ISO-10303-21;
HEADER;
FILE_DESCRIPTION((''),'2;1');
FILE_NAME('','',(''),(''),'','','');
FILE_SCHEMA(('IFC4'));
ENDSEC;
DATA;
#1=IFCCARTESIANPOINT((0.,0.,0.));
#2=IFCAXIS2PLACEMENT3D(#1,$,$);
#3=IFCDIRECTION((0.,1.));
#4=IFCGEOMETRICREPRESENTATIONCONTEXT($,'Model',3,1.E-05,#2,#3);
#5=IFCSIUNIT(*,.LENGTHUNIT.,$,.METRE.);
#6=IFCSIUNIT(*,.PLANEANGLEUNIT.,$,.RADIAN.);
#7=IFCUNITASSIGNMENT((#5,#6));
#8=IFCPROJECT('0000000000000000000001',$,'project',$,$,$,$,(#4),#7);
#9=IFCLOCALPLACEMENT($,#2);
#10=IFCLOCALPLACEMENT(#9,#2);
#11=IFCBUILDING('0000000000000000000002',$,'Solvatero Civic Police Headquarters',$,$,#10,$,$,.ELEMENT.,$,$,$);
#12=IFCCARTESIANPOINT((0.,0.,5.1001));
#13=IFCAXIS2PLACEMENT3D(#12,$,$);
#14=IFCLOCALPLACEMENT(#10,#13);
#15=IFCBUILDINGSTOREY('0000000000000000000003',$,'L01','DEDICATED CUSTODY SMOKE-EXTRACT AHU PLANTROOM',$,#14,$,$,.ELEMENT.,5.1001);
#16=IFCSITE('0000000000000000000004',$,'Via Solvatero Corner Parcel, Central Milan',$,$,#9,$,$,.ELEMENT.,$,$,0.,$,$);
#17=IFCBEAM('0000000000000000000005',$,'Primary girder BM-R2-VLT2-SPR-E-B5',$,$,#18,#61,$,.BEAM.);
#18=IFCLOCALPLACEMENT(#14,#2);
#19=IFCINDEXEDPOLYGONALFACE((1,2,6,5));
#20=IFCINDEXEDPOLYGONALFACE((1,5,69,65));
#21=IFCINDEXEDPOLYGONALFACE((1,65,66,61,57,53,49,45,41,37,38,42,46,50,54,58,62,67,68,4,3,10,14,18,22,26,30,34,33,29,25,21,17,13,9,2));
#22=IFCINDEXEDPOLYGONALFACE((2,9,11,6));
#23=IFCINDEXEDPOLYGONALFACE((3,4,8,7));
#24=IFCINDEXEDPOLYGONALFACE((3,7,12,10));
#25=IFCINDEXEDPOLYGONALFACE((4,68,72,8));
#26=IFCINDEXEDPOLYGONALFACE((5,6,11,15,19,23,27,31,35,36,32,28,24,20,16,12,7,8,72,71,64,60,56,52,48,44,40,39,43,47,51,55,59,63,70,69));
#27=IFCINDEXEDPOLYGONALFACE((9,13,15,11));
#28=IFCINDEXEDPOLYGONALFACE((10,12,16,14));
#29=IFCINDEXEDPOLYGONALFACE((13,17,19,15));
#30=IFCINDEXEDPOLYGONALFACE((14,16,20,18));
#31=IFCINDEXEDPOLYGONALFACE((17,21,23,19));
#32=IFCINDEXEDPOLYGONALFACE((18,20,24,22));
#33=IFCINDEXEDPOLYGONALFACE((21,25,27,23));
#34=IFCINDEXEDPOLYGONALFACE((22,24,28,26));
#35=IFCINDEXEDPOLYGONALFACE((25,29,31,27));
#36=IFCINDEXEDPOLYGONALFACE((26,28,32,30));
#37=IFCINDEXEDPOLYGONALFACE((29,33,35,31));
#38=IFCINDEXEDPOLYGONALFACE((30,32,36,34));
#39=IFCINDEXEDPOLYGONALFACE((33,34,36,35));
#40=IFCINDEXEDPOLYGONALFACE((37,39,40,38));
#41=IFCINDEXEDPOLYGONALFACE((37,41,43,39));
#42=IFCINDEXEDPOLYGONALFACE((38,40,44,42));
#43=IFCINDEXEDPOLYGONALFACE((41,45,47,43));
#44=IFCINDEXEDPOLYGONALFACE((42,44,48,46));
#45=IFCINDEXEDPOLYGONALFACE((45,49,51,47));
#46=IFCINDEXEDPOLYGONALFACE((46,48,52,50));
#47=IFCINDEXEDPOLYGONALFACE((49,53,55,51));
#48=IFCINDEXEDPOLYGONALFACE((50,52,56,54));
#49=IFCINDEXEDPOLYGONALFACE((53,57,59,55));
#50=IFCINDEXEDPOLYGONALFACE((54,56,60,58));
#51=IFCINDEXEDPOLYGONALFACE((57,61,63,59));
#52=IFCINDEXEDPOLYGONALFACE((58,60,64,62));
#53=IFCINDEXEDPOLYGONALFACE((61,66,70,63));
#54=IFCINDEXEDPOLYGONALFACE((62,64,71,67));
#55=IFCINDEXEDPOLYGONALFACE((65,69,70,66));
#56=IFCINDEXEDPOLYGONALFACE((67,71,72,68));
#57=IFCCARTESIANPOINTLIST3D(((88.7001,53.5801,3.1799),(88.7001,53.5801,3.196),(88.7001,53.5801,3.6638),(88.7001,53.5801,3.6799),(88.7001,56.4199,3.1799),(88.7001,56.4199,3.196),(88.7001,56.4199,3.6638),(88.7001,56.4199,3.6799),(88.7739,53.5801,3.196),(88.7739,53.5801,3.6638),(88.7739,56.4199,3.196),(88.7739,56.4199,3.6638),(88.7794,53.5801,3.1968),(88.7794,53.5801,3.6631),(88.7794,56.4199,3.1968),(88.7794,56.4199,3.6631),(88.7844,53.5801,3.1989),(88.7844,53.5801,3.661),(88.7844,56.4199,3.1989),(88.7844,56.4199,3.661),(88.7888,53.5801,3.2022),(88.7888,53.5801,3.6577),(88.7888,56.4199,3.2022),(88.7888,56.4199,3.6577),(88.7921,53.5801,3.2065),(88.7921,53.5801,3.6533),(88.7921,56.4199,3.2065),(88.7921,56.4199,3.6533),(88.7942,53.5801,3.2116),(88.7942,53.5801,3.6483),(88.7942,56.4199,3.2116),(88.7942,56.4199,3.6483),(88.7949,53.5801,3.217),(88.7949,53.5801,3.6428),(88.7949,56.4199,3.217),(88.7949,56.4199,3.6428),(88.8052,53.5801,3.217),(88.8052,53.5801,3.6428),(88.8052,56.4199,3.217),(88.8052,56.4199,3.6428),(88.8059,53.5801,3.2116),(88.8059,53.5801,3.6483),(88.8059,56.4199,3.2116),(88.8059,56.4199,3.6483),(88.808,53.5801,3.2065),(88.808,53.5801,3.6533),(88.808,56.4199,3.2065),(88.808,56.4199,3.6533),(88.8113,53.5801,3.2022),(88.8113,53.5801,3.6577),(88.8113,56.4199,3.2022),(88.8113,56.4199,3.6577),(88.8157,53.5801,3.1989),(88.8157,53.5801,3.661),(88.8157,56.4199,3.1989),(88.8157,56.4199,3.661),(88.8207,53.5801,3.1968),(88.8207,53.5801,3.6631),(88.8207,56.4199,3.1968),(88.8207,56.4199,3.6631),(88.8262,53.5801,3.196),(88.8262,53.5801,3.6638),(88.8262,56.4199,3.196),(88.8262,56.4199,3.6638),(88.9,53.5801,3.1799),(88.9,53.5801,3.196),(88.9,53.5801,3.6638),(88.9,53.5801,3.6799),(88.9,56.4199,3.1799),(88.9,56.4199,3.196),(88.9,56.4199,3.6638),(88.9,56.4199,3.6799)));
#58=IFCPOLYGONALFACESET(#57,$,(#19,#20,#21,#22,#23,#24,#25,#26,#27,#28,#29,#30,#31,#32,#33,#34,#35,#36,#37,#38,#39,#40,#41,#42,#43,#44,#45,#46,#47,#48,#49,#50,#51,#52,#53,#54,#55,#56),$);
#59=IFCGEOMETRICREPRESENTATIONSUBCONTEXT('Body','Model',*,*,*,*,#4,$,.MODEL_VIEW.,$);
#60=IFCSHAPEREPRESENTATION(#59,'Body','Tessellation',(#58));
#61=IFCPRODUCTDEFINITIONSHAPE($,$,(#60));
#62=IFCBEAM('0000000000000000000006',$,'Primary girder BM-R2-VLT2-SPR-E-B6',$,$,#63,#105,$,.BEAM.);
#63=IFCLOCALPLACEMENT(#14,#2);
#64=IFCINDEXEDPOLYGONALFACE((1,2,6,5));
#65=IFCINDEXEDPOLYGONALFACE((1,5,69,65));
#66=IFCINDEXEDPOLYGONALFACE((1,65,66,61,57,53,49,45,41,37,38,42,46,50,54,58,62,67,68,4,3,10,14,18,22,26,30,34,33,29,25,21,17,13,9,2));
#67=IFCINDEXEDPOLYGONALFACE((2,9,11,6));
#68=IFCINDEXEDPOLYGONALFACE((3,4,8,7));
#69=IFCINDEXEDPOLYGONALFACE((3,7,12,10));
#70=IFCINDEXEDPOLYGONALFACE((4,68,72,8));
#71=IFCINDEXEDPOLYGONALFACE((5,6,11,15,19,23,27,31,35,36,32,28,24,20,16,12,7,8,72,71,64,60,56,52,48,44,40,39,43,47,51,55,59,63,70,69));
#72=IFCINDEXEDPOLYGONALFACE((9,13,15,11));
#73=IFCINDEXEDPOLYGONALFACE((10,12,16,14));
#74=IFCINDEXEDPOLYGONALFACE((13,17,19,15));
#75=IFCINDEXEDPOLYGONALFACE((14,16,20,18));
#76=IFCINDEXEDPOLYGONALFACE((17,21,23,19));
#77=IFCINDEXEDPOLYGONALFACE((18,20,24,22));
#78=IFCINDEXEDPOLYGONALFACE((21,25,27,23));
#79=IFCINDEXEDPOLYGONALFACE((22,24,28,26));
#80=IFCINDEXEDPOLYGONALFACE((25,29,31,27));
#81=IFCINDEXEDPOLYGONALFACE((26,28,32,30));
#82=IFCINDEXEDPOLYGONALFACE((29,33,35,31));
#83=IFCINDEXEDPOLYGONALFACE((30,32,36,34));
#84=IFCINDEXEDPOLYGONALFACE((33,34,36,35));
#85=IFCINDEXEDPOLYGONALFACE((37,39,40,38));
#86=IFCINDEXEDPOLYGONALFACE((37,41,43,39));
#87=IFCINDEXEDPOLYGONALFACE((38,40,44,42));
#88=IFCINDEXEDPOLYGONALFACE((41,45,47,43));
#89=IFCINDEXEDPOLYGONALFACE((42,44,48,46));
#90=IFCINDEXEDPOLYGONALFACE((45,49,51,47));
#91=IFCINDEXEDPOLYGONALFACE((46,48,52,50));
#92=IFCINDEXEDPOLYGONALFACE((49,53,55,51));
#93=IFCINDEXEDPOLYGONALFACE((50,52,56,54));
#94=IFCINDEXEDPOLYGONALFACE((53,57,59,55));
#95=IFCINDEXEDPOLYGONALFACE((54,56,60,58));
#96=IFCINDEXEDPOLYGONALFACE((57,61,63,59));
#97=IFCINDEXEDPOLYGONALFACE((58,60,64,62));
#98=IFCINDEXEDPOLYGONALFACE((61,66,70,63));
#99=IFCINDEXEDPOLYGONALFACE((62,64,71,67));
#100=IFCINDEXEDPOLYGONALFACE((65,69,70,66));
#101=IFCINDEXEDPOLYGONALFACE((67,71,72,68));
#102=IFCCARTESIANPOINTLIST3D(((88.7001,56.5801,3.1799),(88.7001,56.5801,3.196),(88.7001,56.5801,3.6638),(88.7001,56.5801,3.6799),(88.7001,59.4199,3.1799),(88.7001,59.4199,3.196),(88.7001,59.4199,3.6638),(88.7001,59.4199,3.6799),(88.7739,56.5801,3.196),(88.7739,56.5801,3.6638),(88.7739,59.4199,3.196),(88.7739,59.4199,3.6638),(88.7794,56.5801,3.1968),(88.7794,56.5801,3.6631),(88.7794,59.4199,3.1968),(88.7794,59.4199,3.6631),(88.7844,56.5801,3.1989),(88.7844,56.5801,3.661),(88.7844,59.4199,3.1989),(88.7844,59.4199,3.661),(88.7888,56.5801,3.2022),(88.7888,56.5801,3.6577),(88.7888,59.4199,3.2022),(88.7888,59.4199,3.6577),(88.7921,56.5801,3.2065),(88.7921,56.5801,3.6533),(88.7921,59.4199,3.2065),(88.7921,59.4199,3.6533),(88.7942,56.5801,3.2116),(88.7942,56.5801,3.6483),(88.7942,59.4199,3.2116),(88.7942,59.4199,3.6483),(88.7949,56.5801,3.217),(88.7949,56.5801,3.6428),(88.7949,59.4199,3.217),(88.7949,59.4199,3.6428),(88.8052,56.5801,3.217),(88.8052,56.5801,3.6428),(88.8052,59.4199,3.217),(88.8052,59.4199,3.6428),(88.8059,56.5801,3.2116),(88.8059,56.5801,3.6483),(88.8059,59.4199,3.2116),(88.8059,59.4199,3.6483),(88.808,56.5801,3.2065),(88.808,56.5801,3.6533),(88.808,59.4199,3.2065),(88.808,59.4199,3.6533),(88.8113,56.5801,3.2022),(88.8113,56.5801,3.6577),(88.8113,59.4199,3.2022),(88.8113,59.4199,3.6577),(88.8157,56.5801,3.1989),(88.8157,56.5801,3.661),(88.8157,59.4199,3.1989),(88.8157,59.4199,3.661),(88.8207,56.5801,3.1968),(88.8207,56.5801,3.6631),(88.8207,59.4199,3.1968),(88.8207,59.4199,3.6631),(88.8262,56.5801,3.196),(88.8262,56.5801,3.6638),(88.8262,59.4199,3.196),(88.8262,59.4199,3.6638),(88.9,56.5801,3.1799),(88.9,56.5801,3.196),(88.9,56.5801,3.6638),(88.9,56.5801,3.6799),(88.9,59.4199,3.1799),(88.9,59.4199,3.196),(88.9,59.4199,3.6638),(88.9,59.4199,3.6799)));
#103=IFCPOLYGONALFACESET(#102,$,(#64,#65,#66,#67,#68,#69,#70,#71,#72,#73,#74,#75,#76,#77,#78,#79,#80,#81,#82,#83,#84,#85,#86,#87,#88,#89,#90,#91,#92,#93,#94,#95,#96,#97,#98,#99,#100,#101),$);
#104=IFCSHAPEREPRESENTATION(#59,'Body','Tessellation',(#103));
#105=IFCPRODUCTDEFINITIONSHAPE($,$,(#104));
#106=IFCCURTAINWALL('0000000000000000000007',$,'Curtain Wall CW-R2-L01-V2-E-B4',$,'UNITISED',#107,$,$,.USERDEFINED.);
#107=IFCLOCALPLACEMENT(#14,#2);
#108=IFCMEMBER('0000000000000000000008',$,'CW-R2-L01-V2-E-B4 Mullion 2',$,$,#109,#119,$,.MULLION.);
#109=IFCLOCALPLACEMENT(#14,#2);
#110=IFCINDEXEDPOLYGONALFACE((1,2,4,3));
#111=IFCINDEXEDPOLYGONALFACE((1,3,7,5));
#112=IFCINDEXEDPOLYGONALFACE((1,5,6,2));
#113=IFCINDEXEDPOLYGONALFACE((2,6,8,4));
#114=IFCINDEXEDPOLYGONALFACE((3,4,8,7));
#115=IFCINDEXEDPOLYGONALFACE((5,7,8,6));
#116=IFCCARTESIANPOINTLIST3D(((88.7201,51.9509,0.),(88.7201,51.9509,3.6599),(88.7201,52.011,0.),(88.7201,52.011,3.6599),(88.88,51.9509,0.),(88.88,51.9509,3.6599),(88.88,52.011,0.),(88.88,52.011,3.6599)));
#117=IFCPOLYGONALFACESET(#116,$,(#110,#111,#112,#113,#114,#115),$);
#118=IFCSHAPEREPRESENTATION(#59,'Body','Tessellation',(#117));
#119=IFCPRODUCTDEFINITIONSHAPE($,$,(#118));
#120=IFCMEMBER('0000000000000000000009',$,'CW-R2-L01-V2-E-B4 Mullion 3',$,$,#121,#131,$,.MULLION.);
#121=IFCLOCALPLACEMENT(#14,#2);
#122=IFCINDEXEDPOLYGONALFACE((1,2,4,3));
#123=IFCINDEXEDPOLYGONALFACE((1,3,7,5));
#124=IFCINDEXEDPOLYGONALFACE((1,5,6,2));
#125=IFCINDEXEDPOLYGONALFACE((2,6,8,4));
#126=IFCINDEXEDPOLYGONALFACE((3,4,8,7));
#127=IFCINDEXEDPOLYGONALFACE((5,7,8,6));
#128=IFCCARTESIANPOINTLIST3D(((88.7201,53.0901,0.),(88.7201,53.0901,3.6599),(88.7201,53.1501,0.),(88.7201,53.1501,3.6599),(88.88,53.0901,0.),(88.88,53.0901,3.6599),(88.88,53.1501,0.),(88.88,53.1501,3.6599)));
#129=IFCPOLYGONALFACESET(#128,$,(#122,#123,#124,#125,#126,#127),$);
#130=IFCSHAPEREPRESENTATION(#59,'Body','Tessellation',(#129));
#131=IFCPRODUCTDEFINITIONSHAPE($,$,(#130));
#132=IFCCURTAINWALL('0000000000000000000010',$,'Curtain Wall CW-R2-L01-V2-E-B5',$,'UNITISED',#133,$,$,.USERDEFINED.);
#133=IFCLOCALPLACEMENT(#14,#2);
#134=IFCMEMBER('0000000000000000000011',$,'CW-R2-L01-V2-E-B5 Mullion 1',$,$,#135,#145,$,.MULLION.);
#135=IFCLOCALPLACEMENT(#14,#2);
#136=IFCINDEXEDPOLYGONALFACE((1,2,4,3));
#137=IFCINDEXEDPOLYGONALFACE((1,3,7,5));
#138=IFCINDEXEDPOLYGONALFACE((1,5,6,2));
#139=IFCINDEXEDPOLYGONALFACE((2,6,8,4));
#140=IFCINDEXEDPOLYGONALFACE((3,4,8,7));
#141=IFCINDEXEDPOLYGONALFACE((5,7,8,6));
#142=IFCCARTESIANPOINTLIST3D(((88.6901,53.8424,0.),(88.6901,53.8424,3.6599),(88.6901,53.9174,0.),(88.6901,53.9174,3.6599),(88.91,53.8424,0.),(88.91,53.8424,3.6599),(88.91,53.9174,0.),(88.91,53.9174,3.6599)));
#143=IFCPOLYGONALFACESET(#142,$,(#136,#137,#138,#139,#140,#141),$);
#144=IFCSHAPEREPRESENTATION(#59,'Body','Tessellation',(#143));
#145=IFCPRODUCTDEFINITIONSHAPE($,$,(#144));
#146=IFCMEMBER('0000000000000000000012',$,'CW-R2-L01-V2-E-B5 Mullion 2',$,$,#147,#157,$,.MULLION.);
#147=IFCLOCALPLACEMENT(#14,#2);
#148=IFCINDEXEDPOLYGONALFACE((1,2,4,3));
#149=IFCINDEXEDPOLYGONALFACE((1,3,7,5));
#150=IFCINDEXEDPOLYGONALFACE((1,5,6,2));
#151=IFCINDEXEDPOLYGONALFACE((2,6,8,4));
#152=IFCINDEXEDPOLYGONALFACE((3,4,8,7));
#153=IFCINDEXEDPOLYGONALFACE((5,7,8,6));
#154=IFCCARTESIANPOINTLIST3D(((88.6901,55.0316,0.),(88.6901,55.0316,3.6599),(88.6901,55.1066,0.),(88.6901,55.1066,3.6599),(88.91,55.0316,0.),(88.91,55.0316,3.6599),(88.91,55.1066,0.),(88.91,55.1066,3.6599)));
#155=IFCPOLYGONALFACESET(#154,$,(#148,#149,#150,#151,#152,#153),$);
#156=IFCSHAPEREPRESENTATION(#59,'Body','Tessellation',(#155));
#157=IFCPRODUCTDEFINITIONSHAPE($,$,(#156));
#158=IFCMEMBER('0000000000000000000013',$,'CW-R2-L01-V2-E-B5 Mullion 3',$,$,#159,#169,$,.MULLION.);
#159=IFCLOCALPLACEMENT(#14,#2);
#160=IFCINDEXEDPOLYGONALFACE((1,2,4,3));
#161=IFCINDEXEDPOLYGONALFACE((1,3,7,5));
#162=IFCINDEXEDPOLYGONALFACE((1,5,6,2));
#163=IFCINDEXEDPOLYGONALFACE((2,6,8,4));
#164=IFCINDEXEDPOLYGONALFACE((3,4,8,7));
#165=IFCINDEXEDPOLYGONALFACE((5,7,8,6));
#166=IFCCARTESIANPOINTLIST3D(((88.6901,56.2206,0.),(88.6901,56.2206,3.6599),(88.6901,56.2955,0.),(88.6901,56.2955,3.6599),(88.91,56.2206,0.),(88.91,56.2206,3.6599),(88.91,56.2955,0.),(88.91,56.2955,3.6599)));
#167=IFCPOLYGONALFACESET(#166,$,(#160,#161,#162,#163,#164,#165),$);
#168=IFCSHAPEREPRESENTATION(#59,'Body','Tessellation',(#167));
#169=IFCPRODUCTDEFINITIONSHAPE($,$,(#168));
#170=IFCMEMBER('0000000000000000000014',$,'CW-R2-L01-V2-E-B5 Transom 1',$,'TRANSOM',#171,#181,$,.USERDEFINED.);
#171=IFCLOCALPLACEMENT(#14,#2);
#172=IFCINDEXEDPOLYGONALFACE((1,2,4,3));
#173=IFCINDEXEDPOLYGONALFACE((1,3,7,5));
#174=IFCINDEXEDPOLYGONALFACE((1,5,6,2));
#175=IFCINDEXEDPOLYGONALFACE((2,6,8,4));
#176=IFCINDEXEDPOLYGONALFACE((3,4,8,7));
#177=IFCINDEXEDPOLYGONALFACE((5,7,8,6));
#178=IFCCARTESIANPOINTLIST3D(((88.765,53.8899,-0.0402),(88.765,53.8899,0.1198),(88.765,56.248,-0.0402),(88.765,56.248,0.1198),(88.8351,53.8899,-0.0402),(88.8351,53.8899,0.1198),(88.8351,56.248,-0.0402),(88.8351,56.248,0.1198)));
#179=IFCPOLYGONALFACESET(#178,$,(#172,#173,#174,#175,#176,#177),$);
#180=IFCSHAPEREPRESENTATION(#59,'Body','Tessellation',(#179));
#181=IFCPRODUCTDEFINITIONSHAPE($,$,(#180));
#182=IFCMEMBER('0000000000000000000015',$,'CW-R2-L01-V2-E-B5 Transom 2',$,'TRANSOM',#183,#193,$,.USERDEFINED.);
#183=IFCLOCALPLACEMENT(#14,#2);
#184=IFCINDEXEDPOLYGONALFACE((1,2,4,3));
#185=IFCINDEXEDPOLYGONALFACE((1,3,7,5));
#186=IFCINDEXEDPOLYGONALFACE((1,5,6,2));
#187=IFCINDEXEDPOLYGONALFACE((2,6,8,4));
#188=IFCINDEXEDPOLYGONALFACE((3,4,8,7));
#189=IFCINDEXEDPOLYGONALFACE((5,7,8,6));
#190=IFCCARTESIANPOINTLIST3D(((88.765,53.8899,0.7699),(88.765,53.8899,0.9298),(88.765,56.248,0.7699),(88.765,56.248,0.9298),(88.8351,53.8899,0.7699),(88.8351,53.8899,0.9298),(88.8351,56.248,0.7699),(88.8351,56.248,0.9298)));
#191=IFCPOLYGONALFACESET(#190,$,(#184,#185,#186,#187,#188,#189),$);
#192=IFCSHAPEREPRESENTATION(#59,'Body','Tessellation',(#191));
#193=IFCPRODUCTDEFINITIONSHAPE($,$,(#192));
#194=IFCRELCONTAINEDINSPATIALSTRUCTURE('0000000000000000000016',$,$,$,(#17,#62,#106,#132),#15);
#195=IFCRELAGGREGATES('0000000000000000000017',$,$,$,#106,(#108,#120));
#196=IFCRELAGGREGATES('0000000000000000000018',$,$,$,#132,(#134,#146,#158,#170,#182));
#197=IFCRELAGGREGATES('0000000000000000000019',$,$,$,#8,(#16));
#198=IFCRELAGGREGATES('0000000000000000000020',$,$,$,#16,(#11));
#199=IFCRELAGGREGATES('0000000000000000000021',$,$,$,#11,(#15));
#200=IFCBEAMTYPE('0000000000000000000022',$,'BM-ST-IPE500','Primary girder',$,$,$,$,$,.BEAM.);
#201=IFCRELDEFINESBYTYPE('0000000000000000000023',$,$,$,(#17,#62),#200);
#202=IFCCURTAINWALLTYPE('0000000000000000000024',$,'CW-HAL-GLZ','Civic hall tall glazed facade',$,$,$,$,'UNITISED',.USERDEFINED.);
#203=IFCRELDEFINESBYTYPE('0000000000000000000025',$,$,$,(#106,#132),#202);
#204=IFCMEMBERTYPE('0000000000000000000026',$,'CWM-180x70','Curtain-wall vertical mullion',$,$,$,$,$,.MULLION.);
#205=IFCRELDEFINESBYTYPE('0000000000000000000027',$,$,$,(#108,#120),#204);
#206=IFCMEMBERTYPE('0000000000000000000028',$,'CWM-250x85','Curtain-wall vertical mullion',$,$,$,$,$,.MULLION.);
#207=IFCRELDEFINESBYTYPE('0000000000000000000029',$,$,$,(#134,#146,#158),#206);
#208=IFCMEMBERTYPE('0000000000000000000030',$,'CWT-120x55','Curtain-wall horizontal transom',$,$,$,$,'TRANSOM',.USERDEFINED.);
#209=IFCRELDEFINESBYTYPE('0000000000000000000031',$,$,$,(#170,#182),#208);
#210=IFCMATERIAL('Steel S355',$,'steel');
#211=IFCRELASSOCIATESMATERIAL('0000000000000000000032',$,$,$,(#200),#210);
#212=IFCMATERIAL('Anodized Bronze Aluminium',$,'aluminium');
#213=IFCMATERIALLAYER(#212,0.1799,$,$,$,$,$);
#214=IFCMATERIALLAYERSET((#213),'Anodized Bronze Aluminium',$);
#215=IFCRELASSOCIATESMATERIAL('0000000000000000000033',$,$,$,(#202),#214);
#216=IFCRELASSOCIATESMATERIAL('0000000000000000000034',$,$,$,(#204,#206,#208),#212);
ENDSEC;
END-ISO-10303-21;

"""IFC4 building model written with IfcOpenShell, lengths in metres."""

from ifc_helpers import new_model, si_unit, direction, frame, origin, origin_2d, place, context, subcontext, project, spatial, rectangle, i_section, extrude, material, layer, layer_set, material_profile, profile_set, type_object, element, aggregate, save


model = new_model("IFC4")

# Units and contexts
model_context = context("Model", 3, precision=1e-05, world=origin(), true_north=direction((0.0, 1.0)))
body_context = subcontext(model_context, "Body", "Model", "MODEL_VIEW")
ifc_project = project(units=[si_unit("LENGTHUNIT", "METRE"), si_unit("PLANEANGLEUNIT", "RADIAN")], contexts=[model_context])

# Site, building, storey
site_placement = place(None, origin())
site = spatial("IfcSite", under=ifc_project, at=site_placement, Name="Via Solvatero Corner Parcel, Central Milan", CompositionType="ELEMENT", RefElevation=0.0)
building_placement = place(site_placement, origin())
building = spatial("IfcBuilding", under=site, at=building_placement, Name="Solvatero Civic Police Headquarters", CompositionType="ELEMENT")
storey_placement = place(building_placement, frame((0.0, 0.0, 5.1001)))
storey = spatial("IfcBuildingStorey", under=building, at=storey_placement, Name="L01", Description="DEDICATED CUSTODY SMOKE-EXTRACT AHU PLANTROOM", CompositionType="ELEMENT", Elevation=5.1001)

# Shared definitions
ifc_material_1 = material(Name="Steel S355", Category="steel")

# Beams
ifc_material_profile_1 = material_profile(ifc_material_1, i_section(OverallWidth=0.2, OverallDepth=0.5, WebThickness=0.0103, FlangeThickness=0.0161, FilletRadius=0.021, at=origin_2d()), Name="IPE 500")
ifc_profile_set_1 = profile_set([ifc_material_profile_1], Name="Steel S355")
beam_type_1 = type_object("IfcBeamType", Name="BM-ST-IPE500", Description="Primary girder", PredefinedType="BEAM", material=ifc_profile_set_1)
for number, where, z_axis, x_axis, name in (
    (1, (88.8, 53.5801, 3.4299), (0.0, 1.0, 0.0), (-1.0, 0.0, 0.0), "Primary girder BM-R2-VLT2-SPR-E-B5"),
    (2, (88.8, 56.5801, 3.4299), (0.0, 1.0, 0.0), (-1.0, 0.0, 0.0), "Primary girder BM-R2-VLT2-SPR-E-B6"),
):
    element("IfcBeam", number, at=place(storey_placement, frame(where, z_axis=z_axis, x_axis=x_axis)), inside=storey, type_object=beam_type_1, Name=name, PredefinedType="BEAM", context=body_context, shape_type="SweptSolid", body=[
        extrude(i_section(OverallWidth=0.2, OverallDepth=0.5, WebThickness=0.0103, FlangeThickness=0.0161, FilletRadius=0.021, at=origin_2d()), origin(), (0.0, 0.0, 1.0), 2.8398),
    ])

# Curtain walls, members
ifc_material_2 = material(Name="Anodized Bronze Aluminium", Category="aluminium")
ifc_layer_1 = layer(ifc_material_2, 0.1799)
ifc_layer_set_1 = layer_set([ifc_layer_1], Name="Anodized Bronze Aluminium")
curtain_wall_type = type_object("IfcCurtainWallType", Name="CW-HAL-GLZ", Description="Civic hall tall glazed facade", ElementType="UNITISED", PredefinedType="USERDEFINED", material=ifc_layer_set_1)
curtain_wall_1_placement = place(storey_placement, origin())
curtain_wall_1 = element("IfcCurtainWall", 3, at=curtain_wall_1_placement, inside=storey, type_object=curtain_wall_type, Name="Curtain Wall CW-R2-L01-V2-E-B4", ObjectType="UNITISED", PredefinedType="USERDEFINED")
ifc_material_profile_2 = material_profile(ifc_material_2, rectangle(XDim=0.0601, YDim=0.1599, at=origin_2d()), Name="ALU MULLION 60x160")
ifc_profile_set_2 = profile_set([ifc_material_profile_2], Name="Anodized Bronze Aluminium")
member_type_1 = type_object("IfcMemberType", Name="CWM-180x70", Description="Curtain-wall vertical mullion", PredefinedType="MULLION", material=ifc_profile_set_2)
member_1_placement = place(storey_placement, frame((88.8, 51.981, 0.0), z_axis=(0.0, 0.0, 1.0), x_axis=(0.0, 1.0, 0.0)))
member_1 = element("IfcMember", 4, at=member_1_placement, type_object=member_type_1, Name="CW-R2-L01-V2-E-B4 Mullion 2", PredefinedType="MULLION", context=body_context, shape_type="SweptSolid", body=[
    extrude(rectangle(XDim=0.0601, YDim=0.1599, at=origin_2d()), origin(), (0.0, 0.0, 1.0), 3.6599),
])
member_2_placement = place(storey_placement, frame((88.8, 53.1201, 0.0), z_axis=(0.0, 0.0, 1.0), x_axis=(0.0, 1.0, 0.0)))
member_2 = element("IfcMember", 5, at=member_2_placement, type_object=member_type_1, Name="CW-R2-L01-V2-E-B4 Mullion 3", PredefinedType="MULLION", context=body_context, shape_type="SweptSolid", body=[
    extrude(rectangle(XDim=0.0601, YDim=0.1599, at=origin_2d()), origin(), (0.0, 0.0, 1.0), 3.6599),
])
curtain_wall_2_placement = place(storey_placement, origin())
curtain_wall_2 = element("IfcCurtainWall", 6, at=curtain_wall_2_placement, inside=storey, type_object=curtain_wall_type, Name="Curtain Wall CW-R2-L01-V2-E-B5", ObjectType="UNITISED", PredefinedType="USERDEFINED")
ifc_material_profile_3 = material_profile(ifc_material_2, rectangle(XDim=0.075, YDim=0.22, at=origin_2d()), Name="ALU MULLION 75x220")
ifc_profile_set_3 = profile_set([ifc_material_profile_3], Name="Anodized Bronze Aluminium")
member_type_2 = type_object("IfcMemberType", Name="CWM-250x85", Description="Curtain-wall vertical mullion", PredefinedType="MULLION", material=ifc_profile_set_3)
member_3_placement = place(storey_placement, frame((88.8, 53.8799, 0.0), z_axis=(0.0, 0.0, 1.0), x_axis=(0.0, 1.0, 0.0)))
member_3 = element("IfcMember", 7, at=member_3_placement, type_object=member_type_2, Name="CW-R2-L01-V2-E-B5 Mullion 1", PredefinedType="MULLION", context=body_context, shape_type="SweptSolid", body=[
    extrude(rectangle(XDim=0.075, YDim=0.22, at=origin_2d()), origin(), (0.0, 0.0, 1.0), 3.6599),
])
member_4_placement = place(storey_placement, frame((88.8, 55.0691, 0.0), z_axis=(0.0, 0.0, 1.0), x_axis=(0.0, 1.0, 0.0)))
member_4 = element("IfcMember", 8, at=member_4_placement, type_object=member_type_2, Name="CW-R2-L01-V2-E-B5 Mullion 2", PredefinedType="MULLION", context=body_context, shape_type="SweptSolid", body=[
    extrude(rectangle(XDim=0.075, YDim=0.22, at=origin_2d()), origin(), (0.0, 0.0, 1.0), 3.6599),
])
member_5_placement = place(storey_placement, frame((88.8, 56.2581, 0.0), z_axis=(0.0, 0.0, 1.0), x_axis=(0.0, 1.0, 0.0)))
member_5 = element("IfcMember", 9, at=member_5_placement, type_object=member_type_2, Name="CW-R2-L01-V2-E-B5 Mullion 3", PredefinedType="MULLION", context=body_context, shape_type="SweptSolid", body=[
    extrude(rectangle(XDim=0.075, YDim=0.22, at=origin_2d()), origin(), (0.0, 0.0, 1.0), 3.6599),
])
ifc_material_profile_4 = material_profile(ifc_material_2, rectangle(XDim=0.0701, YDim=0.1599, at=origin_2d()), Name="ALU TRANSOM 70x160")
ifc_profile_set_4 = profile_set([ifc_material_profile_4], Name="Anodized Bronze Aluminium")
member_type_3 = type_object("IfcMemberType", Name="CWT-120x55", Description="Curtain-wall horizontal transom", ElementType="TRANSOM", PredefinedType="USERDEFINED", material=ifc_profile_set_4)
member_6_placement = place(storey_placement, frame((88.8, 53.8899, 0.0398), z_axis=(0.0, 1.0, 0.0), x_axis=(-1.0, 0.0, 0.0)))
member_6 = element("IfcMember", 10, at=member_6_placement, type_object=member_type_3, Name="CW-R2-L01-V2-E-B5 Transom 1", ObjectType="TRANSOM", PredefinedType="USERDEFINED", context=body_context, shape_type="SweptSolid", body=[
    extrude(rectangle(XDim=0.0701, YDim=0.1599, at=origin_2d()), origin(), (0.0, 0.0, 1.0), 2.3582),
])
member_7_placement = place(storey_placement, frame((88.8, 53.8899, 0.8499), z_axis=(0.0, 1.0, 0.0), x_axis=(-1.0, 0.0, 0.0)))
member_7 = element("IfcMember", 11, at=member_7_placement, type_object=member_type_3, Name="CW-R2-L01-V2-E-B5 Transom 2", ObjectType="TRANSOM", PredefinedType="USERDEFINED", context=body_context, shape_type="SweptSolid", body=[
    extrude(rectangle(XDim=0.0701, YDim=0.1599, at=origin_2d()), origin(), (0.0, 0.0, 1.0), 2.3582),
])

aggregate(curtain_wall_1, [member_1, member_2])
aggregate(curtain_wall_2, [member_3, member_4, member_5, member_6, member_7])

save(model, "model.ifc")
